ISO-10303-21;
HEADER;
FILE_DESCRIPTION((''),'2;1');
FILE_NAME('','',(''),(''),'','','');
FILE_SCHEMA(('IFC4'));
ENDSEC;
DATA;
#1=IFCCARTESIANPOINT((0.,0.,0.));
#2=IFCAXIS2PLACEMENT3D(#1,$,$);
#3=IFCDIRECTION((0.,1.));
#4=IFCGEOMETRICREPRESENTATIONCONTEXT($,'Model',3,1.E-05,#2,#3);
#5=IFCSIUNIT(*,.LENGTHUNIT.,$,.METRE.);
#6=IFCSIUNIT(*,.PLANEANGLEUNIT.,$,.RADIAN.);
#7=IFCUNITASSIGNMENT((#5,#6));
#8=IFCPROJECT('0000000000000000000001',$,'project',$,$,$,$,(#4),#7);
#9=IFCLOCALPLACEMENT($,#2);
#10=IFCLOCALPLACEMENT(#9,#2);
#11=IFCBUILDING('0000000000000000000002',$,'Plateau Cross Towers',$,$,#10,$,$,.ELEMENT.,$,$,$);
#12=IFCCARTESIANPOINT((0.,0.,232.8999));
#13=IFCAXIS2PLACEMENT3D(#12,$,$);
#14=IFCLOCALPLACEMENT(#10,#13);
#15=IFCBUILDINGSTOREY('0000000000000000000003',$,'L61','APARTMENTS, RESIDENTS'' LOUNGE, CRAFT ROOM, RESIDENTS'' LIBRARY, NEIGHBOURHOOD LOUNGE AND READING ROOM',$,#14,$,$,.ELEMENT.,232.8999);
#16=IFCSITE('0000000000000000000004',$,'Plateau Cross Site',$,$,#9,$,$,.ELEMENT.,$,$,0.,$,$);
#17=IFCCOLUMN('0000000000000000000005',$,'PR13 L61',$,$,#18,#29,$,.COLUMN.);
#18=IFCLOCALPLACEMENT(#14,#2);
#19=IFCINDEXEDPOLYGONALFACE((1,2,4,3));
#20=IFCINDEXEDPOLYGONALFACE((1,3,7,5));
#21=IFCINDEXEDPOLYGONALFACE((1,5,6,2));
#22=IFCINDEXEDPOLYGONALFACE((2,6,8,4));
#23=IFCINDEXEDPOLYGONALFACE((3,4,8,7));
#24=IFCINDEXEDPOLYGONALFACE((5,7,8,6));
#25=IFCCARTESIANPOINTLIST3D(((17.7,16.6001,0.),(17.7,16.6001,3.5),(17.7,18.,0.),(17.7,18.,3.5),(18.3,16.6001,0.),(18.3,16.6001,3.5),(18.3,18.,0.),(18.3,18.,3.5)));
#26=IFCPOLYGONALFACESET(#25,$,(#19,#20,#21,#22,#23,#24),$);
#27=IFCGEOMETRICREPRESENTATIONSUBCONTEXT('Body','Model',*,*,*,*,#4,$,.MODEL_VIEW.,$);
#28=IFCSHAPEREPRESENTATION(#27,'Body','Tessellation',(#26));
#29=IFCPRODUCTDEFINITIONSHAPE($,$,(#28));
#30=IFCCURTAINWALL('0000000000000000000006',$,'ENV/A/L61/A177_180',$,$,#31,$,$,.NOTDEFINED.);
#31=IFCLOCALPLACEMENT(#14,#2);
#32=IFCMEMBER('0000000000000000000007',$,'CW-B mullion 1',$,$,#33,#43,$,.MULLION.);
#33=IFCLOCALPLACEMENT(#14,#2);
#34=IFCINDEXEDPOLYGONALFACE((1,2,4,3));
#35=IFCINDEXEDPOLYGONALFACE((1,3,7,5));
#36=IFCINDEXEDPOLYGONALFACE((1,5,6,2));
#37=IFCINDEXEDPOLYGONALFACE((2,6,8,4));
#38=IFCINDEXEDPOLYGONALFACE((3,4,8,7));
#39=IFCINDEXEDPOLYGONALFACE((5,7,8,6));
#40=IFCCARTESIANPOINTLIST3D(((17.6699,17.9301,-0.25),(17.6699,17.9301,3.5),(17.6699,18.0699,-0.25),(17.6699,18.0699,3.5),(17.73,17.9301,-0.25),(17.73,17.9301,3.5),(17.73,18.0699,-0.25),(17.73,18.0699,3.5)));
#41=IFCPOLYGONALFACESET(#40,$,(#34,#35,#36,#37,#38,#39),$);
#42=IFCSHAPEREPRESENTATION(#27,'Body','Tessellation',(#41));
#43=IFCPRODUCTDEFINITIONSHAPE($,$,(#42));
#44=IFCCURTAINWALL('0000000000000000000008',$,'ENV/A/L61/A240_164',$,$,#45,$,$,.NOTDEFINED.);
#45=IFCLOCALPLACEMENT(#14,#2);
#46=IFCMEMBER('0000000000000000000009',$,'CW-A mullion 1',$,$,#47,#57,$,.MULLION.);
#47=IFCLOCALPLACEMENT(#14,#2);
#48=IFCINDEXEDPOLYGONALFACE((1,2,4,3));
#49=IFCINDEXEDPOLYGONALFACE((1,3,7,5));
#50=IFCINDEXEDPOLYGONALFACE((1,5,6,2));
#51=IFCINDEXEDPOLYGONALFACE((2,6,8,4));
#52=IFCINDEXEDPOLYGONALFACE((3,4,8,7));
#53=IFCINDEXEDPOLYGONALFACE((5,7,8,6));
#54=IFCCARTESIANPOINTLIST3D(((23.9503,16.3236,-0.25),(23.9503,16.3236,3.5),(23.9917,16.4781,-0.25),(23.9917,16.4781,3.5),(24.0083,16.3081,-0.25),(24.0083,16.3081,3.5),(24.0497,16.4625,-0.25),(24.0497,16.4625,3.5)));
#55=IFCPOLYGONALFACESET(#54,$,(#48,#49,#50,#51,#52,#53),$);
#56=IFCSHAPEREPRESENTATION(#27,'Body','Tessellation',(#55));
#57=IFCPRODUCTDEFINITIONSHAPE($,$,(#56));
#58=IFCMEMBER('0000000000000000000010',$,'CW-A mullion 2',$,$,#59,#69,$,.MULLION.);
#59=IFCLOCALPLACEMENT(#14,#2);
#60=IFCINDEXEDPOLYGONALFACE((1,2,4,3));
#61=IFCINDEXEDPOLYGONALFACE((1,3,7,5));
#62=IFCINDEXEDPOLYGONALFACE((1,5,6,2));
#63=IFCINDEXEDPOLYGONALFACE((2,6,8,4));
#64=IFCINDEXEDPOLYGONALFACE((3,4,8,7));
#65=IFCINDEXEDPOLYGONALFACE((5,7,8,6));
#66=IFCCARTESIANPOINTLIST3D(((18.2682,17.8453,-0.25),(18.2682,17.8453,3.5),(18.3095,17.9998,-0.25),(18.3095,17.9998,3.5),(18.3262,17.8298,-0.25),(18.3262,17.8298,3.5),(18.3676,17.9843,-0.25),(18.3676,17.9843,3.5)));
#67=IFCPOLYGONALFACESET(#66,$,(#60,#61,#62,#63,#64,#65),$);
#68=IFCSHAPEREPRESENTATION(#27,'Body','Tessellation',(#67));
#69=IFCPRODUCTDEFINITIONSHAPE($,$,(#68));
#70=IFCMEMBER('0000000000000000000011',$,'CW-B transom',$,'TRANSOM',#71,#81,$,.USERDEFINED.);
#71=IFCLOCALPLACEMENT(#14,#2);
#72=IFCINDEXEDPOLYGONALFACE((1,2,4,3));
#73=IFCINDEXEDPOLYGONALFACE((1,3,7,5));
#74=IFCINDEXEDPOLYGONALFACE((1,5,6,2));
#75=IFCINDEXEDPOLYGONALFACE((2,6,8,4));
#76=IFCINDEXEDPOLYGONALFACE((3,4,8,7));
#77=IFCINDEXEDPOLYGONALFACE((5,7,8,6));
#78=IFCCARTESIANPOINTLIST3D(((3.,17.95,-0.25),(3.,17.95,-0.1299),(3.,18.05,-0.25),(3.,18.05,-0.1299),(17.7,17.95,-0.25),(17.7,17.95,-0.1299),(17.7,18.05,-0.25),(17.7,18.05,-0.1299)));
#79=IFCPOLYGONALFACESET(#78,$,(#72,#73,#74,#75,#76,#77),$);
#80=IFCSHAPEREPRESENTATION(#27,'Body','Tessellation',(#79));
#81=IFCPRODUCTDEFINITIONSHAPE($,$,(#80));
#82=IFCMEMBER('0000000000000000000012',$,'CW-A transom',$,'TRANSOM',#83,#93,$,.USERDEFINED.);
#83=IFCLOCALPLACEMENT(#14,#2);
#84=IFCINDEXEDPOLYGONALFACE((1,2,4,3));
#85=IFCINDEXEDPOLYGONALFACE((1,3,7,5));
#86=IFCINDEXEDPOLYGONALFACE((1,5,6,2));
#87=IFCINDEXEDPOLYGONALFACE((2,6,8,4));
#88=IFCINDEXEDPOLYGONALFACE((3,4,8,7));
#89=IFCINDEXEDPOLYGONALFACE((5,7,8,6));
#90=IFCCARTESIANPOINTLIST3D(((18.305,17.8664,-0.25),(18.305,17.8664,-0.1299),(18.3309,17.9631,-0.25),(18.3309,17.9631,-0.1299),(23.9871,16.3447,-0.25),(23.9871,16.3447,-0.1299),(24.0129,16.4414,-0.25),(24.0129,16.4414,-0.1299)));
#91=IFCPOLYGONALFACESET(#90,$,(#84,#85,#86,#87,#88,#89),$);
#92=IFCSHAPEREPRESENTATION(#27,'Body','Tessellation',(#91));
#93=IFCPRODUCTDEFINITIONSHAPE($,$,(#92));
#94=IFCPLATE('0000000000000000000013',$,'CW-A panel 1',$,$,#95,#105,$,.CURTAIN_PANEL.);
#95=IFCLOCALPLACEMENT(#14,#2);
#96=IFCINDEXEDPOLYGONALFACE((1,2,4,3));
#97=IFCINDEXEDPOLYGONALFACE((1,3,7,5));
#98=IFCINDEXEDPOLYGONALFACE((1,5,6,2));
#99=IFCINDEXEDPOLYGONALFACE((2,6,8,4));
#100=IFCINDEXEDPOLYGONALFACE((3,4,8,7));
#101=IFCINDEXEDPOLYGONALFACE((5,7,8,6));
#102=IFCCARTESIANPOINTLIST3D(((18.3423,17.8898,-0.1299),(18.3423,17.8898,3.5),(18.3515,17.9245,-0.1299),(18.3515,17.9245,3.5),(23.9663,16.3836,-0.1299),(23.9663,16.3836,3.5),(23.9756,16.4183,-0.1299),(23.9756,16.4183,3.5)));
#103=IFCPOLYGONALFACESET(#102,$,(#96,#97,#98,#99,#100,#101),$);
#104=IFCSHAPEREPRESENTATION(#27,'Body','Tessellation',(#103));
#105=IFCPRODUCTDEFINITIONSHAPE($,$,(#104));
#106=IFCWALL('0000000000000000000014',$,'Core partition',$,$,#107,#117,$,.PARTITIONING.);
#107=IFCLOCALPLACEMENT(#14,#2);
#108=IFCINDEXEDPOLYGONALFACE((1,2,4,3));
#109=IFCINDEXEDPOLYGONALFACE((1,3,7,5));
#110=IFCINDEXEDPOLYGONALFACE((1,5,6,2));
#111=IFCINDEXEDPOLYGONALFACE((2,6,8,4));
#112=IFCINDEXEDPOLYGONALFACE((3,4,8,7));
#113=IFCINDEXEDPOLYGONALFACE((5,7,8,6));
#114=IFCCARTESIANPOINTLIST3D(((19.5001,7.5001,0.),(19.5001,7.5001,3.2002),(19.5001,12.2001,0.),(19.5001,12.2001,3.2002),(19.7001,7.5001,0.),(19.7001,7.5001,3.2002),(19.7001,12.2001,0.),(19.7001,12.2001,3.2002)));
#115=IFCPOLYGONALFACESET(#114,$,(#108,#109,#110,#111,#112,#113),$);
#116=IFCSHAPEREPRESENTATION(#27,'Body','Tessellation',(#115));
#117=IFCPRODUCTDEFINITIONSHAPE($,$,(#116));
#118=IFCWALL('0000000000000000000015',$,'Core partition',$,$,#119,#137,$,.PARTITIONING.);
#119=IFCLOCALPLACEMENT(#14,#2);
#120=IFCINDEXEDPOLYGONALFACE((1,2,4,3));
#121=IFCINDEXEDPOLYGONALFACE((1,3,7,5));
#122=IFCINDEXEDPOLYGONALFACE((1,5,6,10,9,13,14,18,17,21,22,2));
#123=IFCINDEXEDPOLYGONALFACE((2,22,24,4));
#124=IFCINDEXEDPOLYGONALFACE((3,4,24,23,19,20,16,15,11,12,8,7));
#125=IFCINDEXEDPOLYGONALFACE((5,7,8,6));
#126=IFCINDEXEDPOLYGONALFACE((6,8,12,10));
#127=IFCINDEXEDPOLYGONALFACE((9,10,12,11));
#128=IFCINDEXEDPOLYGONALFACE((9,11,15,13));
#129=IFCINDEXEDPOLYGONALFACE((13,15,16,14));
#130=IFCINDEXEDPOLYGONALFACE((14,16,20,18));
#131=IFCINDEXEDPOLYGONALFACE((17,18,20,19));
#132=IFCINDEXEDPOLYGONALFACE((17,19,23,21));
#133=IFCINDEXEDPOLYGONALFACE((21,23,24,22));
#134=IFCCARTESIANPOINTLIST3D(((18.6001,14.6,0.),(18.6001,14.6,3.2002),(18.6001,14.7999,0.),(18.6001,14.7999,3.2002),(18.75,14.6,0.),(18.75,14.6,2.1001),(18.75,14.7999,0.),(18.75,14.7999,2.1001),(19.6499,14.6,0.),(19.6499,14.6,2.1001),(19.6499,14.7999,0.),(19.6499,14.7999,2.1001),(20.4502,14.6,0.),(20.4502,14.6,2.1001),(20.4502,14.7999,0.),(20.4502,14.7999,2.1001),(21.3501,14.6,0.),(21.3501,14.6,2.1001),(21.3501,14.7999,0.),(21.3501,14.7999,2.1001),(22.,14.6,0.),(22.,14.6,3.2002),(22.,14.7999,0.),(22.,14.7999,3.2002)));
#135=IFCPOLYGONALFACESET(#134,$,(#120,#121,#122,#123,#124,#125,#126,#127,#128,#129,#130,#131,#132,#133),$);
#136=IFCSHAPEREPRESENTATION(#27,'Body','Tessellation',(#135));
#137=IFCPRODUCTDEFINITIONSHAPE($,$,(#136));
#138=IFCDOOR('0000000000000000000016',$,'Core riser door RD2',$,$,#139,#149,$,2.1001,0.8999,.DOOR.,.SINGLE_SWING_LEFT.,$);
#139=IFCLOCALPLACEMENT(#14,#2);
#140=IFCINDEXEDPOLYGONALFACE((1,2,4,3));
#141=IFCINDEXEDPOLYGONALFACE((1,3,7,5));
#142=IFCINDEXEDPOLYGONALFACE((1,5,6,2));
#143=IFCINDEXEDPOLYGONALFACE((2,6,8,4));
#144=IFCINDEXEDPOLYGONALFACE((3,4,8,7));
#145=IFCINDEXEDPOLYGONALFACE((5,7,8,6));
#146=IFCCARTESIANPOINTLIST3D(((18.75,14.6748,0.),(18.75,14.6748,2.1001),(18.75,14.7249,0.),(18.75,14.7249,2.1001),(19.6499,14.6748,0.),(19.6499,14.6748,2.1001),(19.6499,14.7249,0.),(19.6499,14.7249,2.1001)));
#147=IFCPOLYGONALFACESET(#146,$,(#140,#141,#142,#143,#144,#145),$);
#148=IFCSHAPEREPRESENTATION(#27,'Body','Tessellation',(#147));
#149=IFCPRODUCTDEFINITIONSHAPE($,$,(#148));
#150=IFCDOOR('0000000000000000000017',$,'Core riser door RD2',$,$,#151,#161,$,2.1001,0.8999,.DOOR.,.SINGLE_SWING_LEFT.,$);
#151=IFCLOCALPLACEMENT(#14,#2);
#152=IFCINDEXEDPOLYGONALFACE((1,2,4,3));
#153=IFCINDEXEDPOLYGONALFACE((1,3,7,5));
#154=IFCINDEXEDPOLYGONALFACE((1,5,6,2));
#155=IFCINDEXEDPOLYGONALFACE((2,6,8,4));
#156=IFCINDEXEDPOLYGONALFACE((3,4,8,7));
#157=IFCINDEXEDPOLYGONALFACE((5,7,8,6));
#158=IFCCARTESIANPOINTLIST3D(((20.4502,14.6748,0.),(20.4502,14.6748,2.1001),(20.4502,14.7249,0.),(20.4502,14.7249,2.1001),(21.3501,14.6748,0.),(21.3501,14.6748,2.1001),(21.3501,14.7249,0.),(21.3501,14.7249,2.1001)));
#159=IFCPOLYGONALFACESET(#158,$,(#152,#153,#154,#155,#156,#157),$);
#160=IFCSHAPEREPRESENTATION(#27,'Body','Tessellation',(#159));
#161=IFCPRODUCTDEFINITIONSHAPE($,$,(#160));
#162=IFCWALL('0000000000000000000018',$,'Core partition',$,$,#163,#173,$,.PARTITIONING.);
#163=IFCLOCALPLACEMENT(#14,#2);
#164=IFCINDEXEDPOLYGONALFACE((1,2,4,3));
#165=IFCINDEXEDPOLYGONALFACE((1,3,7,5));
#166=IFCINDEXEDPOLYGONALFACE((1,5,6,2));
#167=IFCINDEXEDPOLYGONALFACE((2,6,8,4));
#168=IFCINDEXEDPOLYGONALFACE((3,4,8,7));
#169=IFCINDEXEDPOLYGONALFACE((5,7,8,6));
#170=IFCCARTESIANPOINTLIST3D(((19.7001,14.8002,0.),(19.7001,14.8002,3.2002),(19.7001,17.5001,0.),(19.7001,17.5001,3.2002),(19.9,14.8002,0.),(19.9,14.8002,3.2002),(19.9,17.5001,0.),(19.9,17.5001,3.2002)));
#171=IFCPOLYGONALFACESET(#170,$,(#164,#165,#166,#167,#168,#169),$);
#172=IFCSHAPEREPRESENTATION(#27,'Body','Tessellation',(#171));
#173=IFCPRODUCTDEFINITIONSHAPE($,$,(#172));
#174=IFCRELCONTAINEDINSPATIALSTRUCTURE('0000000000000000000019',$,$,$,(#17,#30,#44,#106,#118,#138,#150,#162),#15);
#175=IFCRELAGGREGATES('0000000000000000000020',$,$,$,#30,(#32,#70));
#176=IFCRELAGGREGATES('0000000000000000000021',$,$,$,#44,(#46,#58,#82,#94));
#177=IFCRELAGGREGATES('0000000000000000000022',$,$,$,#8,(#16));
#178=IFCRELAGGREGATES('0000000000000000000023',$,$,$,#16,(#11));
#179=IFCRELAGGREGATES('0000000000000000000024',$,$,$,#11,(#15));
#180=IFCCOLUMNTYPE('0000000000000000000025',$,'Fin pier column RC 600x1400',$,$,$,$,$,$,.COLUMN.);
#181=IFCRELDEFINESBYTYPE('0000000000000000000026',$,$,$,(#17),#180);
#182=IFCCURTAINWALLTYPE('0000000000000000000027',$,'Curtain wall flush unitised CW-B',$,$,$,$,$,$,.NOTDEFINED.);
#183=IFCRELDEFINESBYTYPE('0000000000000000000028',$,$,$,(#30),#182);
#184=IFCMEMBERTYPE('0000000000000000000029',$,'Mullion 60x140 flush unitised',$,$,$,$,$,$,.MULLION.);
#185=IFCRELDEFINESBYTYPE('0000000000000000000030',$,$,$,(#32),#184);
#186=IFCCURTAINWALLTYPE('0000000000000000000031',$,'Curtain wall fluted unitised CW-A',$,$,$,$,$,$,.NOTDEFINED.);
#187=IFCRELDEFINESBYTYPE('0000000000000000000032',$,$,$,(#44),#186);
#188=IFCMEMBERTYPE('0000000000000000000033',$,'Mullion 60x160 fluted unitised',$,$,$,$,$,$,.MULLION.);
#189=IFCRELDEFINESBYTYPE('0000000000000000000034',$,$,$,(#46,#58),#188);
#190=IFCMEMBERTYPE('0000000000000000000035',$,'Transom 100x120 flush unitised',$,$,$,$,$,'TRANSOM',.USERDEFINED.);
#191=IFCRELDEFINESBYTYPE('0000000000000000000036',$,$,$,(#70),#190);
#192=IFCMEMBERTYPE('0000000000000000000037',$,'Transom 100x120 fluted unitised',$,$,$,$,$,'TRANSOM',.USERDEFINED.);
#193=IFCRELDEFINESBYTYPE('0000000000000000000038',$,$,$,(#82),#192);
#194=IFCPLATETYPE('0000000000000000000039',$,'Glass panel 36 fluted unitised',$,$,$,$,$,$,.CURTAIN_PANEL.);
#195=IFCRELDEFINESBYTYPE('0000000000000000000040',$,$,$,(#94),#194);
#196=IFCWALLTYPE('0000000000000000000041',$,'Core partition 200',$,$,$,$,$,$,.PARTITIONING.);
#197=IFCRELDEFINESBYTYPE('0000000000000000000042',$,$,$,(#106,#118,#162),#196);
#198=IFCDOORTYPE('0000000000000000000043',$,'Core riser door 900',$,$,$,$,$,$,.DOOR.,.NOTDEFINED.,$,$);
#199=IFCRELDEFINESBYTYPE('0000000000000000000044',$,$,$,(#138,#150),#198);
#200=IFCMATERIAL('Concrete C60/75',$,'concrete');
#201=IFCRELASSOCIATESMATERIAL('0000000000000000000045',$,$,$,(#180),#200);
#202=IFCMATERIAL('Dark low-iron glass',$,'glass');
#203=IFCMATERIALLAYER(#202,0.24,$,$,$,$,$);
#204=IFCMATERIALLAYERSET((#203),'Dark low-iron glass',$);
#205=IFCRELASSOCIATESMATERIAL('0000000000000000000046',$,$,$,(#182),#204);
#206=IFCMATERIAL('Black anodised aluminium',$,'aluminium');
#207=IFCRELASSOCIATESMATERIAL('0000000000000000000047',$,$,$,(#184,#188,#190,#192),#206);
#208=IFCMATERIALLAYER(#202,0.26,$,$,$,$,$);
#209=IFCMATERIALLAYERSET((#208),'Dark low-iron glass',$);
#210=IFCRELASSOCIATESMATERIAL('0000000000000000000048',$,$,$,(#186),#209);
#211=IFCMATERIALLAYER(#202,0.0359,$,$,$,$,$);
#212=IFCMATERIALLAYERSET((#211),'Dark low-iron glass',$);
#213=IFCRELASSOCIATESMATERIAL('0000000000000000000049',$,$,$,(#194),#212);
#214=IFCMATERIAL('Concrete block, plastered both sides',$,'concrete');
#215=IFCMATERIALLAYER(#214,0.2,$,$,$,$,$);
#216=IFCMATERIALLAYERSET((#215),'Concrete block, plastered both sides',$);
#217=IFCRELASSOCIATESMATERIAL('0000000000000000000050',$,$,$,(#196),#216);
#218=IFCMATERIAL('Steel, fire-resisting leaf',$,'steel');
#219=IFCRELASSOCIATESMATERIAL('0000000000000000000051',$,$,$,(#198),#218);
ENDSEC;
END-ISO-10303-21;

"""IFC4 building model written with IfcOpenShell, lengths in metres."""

from ifc_helpers import new_model, si_unit, direction, frame, frame_2d, origin, origin_2d, place, context, subcontext, project, spatial, rectangle, extrude, material, layer, layer_set, material_profile, profile_set, type_object, element, fill, aggregate, save


model = new_model("IFC4")

# Units and contexts
model_context = context("Model", 3, precision=1e-05, world=origin(), true_north=direction((0.0, 1.0)))
body_context = subcontext(model_context, "Body", "Model", "MODEL_VIEW")
ifc_project = project(units=[si_unit("LENGTHUNIT", "METRE"), si_unit("PLANEANGLEUNIT", "RADIAN")], contexts=[model_context])

# Site, building, storey
site_placement = place(None, origin())
site = spatial("IfcSite", under=ifc_project, at=site_placement, Name="Plateau Cross Site", CompositionType="ELEMENT", RefElevation=0.0)
building_placement = place(site_placement, origin())
building = spatial("IfcBuilding", under=site, at=building_placement, Name="Plateau Cross Towers", CompositionType="ELEMENT")
storey_placement = place(building_placement, frame((0.0, 0.0, 232.8999)))
storey = spatial("IfcBuildingStorey", under=building, at=storey_placement, Name="L61", Description="APARTMENTS, RESIDENTS' LOUNGE, CRAFT ROOM, RESIDENTS' LIBRARY, NEIGHBOURHOOD LOUNGE AND READING ROOM", CompositionType="ELEMENT", Elevation=232.8999)

# Column
ifc_material_1 = material(Name="Concrete C60/75", Category="concrete")
ifc_material_profile_1 = material_profile(ifc_material_1, rectangle(XDim=0.6001, YDim=1.3999, at=origin_2d()), Name="RC 600x1400")
ifc_profile_set_1 = profile_set([ifc_material_profile_1], Name="Concrete C60/75")
column_type = type_object("IfcColumnType", Name="Fin pier column RC 600x1400", PredefinedType="COLUMN", material=ifc_profile_set_1)
column_placement = place(storey_placement, frame((18.0, 17.3, 0.0), z_axis=(0.0, 0.0, 1.0), x_axis=(1.0, 0.0, 0.0)))
element("IfcColumn", 1, at=column_placement, inside=storey, type_object=column_type, Name="PR13 L61", PredefinedType="COLUMN", context=body_context, shape_type="SweptSolid", body=[
    extrude(rectangle(XDim=0.6001, YDim=1.3999, at=origin_2d()), origin(), (0.0, 0.0, 1.0), 3.5),
])

# Curtain wall, member
ifc_material_2 = material(Name="Dark low-iron glass", Category="glass")
ifc_layer_1 = layer(ifc_material_2, 0.24)
ifc_layer_set_1 = layer_set([ifc_layer_1], Name="Dark low-iron glass")
curtain_wall_type_1 = type_object("IfcCurtainWallType", Name="Curtain wall flush unitised CW-B", PredefinedType="NOTDEFINED", material=ifc_layer_set_1)
curtain_wall_1_placement = place(storey_placement, origin())
curtain_wall_1 = element("IfcCurtainWall", 2, at=curtain_wall_1_placement, inside=storey, type_object=curtain_wall_type_1, Name="ENV/A/L61/A177_180", PredefinedType="NOTDEFINED")
ifc_material_3 = material(Name="Black anodised aluminium", Category="aluminium")
ifc_material_profile_2 = material_profile(ifc_material_3, rectangle(XDim=0.0601, YDim=0.1399, at=origin_2d()), Name="MULLION 60x140")
ifc_profile_set_2 = profile_set([ifc_material_profile_2], Name="Black anodised aluminium")
member_type_1 = type_object("IfcMemberType", Name="Mullion 60x140 flush unitised", PredefinedType="MULLION", material=ifc_profile_set_2)
member_1_placement = place(storey_placement, frame((17.7, 18.0, -0.25), z_axis=(0.0, 0.0, 1.0), x_axis=(-1.0, 0.0, 0.0)))
member_1 = element("IfcMember", 3, at=member_1_placement, type_object=member_type_1, Name="CW-B mullion 1", PredefinedType="MULLION", context=body_context, shape_type="SweptSolid", body=[
    extrude(rectangle(XDim=0.0601, YDim=0.1399, at=origin_2d()), origin(), (0.0, 0.0, 1.0), 3.75),
])

# Curtain wall, members
ifc_layer_2 = layer(ifc_material_2, 0.26)
ifc_layer_set_2 = layer_set([ifc_layer_2], Name="Dark low-iron glass")
curtain_wall_type_2 = type_object("IfcCurtainWallType", Name="Curtain wall fluted unitised CW-A", PredefinedType="NOTDEFINED", material=ifc_layer_set_2)
curtain_wall_2_placement = place(storey_placement, origin())
curtain_wall_2 = element("IfcCurtainWall", 4, at=curtain_wall_2_placement, inside=storey, type_object=curtain_wall_type_2, Name="ENV/A/L61/A240_164", PredefinedType="NOTDEFINED")
ifc_material_profile_3 = material_profile(ifc_material_3, rectangle(XDim=0.0601, YDim=0.1599, at=origin_2d()), Name="MULLION 60x160")
ifc_profile_set_3 = profile_set([ifc_material_profile_3], Name="Black anodised aluminium")
member_type_2 = type_object("IfcMemberType", Name="Mullion 60x160 fluted unitised", PredefinedType="MULLION", material=ifc_profile_set_3)
member_2_placement = place(storey_placement, frame((24.0, 16.3931, -0.25), z_axis=(0.0, 0.0, 1.0), x_axis=(-0.965958, 0.258699, 0.0)))
member_2 = element("IfcMember", 5, at=member_2_placement, type_object=member_type_2, Name="CW-A mullion 1", PredefinedType="MULLION", context=body_context, shape_type="SweptSolid", body=[
    extrude(rectangle(XDim=0.0601, YDim=0.1599, at=origin_2d()), origin(), (0.0, 0.0, 1.0), 3.75),
])
member_3_placement = place(storey_placement, frame((18.3179, 17.9148, -0.25), z_axis=(0.0, 0.0, 1.0), x_axis=(-0.965958, 0.258699, 0.0)))
member_3 = element("IfcMember", 6, at=member_3_placement, type_object=member_type_2, Name="CW-A mullion 2", PredefinedType="MULLION", context=body_context, shape_type="SweptSolid", body=[
    extrude(rectangle(XDim=0.0601, YDim=0.1599, at=origin_2d()), origin(), (0.0, 0.0, 1.0), 3.75),
])

# Members
ifc_material_profile_4 = material_profile(ifc_material_3, rectangle(XDim=0.1001, YDim=0.1201, at=origin_2d()), Name="TRANSOM 100x120")
ifc_profile_set_4 = profile_set([ifc_material_profile_4], Name="Black anodised aluminium")
member_type_3 = type_object("IfcMemberType", Name="Transom 100x120 flush unitised", ElementType="TRANSOM", PredefinedType="USERDEFINED", material=ifc_profile_set_4)
member_4_placement = place(storey_placement, frame((17.7, 18.0, -0.1899), z_axis=(-1.0, 0.0, 0.0), x_axis=(0.0, -1.0, 0.0)))
member_4 = element("IfcMember", 7, at=member_4_placement, type_object=member_type_3, Name="CW-B transom", ObjectType="TRANSOM", PredefinedType="USERDEFINED", context=body_context, shape_type="SweptSolid", body=[
    extrude(rectangle(XDim=0.1001, YDim=0.1201, at=origin_2d()), origin(), (0.0, 0.0, 1.0), 14.7),
])
aggregate(curtain_wall_1, [member_1, member_4])
ifc_material_profile_5 = material_profile(ifc_material_3, rectangle(XDim=0.1001, YDim=0.1201, at=origin_2d()), Name="TRANSOM 100x120")
ifc_profile_set_5 = profile_set([ifc_material_profile_5], Name="Black anodised aluminium")
member_type_4 = type_object("IfcMemberType", Name="Transom 100x120 fluted unitised", ElementType="TRANSOM", PredefinedType="USERDEFINED", material=ifc_profile_set_5)
member_5_placement = place(storey_placement, frame((24.0, 16.3931, -0.1899), z_axis=(-0.96596, 0.258693, 0.0), x_axis=(-0.258693, -0.96596, 0.0)))
member_5 = element("IfcMember", 8, at=member_5_placement, type_object=member_type_4, Name="CW-A transom", ObjectType="TRANSOM", PredefinedType="USERDEFINED", context=body_context, shape_type="SweptSolid", body=[
    extrude(rectangle(XDim=0.1001, YDim=0.1201, at=origin_2d()), origin(), (0.0, 0.0, 1.0), 5.8823),
])

# Plate
ifc_layer_3 = layer(ifc_material_2, 0.0359)
ifc_layer_set_3 = layer_set([ifc_layer_3], Name="Dark low-iron glass")
plate_type = type_object("IfcPlateType", Name="Glass panel 36 fluted unitised", PredefinedType="CURTAIN_PANEL", material=ifc_layer_set_3)
plate_placement = place(storey_placement, frame((21.1589, 17.1541, -0.1299), z_axis=(0.0, 0.0, 1.0), x_axis=(-0.965958, 0.258699, 0.0)))
plate = element("IfcPlate", 9, at=plate_placement, type_object=plate_type, Name="CW-A panel 1", PredefinedType="CURTAIN_PANEL", context=body_context, shape_type="SweptSolid", body=[
    extrude(rectangle(XDim=5.8223, YDim=0.0359, at=origin_2d()), origin(), (0.0, 0.0, 1.0), 3.6299),
])
aggregate(curtain_wall_2, [member_2, member_3, member_5, plate])

# Wall
ifc_material_4 = material(Name="Concrete block, plastered both sides", Category="concrete")
ifc_layer_4 = layer(ifc_material_4, 0.2)
ifc_layer_set_4 = layer_set([ifc_layer_4], Name="Concrete block, plastered both sides")
wall_type_1 = type_object("IfcWallType", Name="Core partition 200", PredefinedType="PARTITIONING", material=ifc_layer_set_4)
wall_1_placement = place(storey_placement, frame((19.6001, 7.5, 0.0), z_axis=(0.0, 0.0, 1.0), x_axis=(0.0, 1.0, 0.0)))
element("IfcWall", 10, at=wall_1_placement, inside=storey, type_object=wall_type_1, Name="Core partition", PredefinedType="PARTITIONING", context=body_context, shape_type="SweptSolid", body=[
    extrude(rectangle(XDim=4.7, YDim=0.2, at=frame_2d((2.3501, 0.0))), origin(), (0.0, 0.0, 1.0), 3.2002),
])

# Wall, openings, doors
wall_2_placement = place(storey_placement, frame((18.6001, 14.7, 0.0), z_axis=(0.0, 0.0, 1.0), x_axis=(1.0, 0.0, 0.0)))
wall_2 = element("IfcWall", 11, at=wall_2_placement, inside=storey, type_object=wall_type_1, Name="Core partition", PredefinedType="PARTITIONING", context=body_context, shape_type="SweptSolid", body=[
    extrude(rectangle(XDim=3.3999, YDim=0.2, at=frame_2d((1.7, 0.0))), origin(), (0.0, 0.0, 1.0), 3.2002),
])
opening_1_placement = place(wall_2_placement, frame((0.1499, 0.0, 0.0)))
opening_1 = element("IfcOpeningElement", 12, at=opening_1_placement, cuts=wall_2, PredefinedType="OPENING", context=body_context, shape_type="SweptSolid", body=[
    extrude(rectangle(XDim=0.8999, YDim=2.1001, at=frame_2d((0.45, 1.05))), frame((0.0, 0.1099, 0.0), z_axis=(0.0, -1.0, 0.0), x_axis=(1.0, 0.0, 0.0)), (0.0, 0.0, 1.0), 0.22),
])
opening_2_placement = place(wall_2_placement, frame((1.8501, 0.0, 0.0)))
opening_2 = element("IfcOpeningElement", 13, at=opening_2_placement, cuts=wall_2, PredefinedType="OPENING", context=body_context, shape_type="SweptSolid", body=[
    extrude(rectangle(XDim=0.8999, YDim=2.1001, at=frame_2d((0.45, 1.05))), frame((0.0, 0.1099, 0.0), z_axis=(0.0, -1.0, 0.0), x_axis=(1.0, 0.0, 0.0)), (0.0, 0.0, 1.0), 0.22),
])
ifc_material_5 = material(Name="Steel, fire-resisting leaf", Category="steel")
door_type_1 = type_object("IfcDoorType", Name="Core riser door 900", OperationType="NOTDEFINED", PredefinedType="DOOR", material=ifc_material_5)
door_1_placement = place(opening_1_placement, origin())
door_1 = element("IfcDoor", 14, at=door_1_placement, inside=storey, type_object=door_type_1, Name="Core riser door RD2", OperationType="SINGLE_SWING_LEFT", OverallHeight=2.1001, OverallWidth=0.8999, PredefinedType="DOOR", context=body_context, shape_type="SweptSolid", body=[
    extrude(rectangle(XDim=0.8999, YDim=2.1001, at=frame_2d((0.45, 1.05))), frame((0.0, 0.0249, 0.0), z_axis=(0.0, -1.0, 0.0), x_axis=(1.0, 0.0, 0.0)), (0.0, 0.0, 1.0), 0.05),
])
fill(opening_1, door_1)
door_2_placement = place(opening_2_placement, origin())
door_2 = element("IfcDoor", 15, at=door_2_placement, inside=storey, type_object=door_type_1, Name="Core riser door RD2", OperationType="SINGLE_SWING_LEFT", OverallHeight=2.1001, OverallWidth=0.8999, PredefinedType="DOOR", context=body_context, shape_type="SweptSolid", body=[
    extrude(rectangle(XDim=0.8999, YDim=2.1001, at=frame_2d((0.45, 1.05))), frame((0.0, 0.0249, 0.0), z_axis=(0.0, -1.0, 0.0), x_axis=(1.0, 0.0, 0.0)), (0.0, 0.0, 1.0), 0.05),
])
fill(opening_2, door_2)

# Wall
wall_3_placement = place(storey_placement, frame((19.8, 14.8, 0.0), z_axis=(0.0, 0.0, 1.0), x_axis=(0.0, 1.0, 0.0)))
element("IfcWall", 16, at=wall_3_placement, inside=storey, type_object=wall_type_1, Name="Core partition", PredefinedType="PARTITIONING", context=body_context, shape_type="SweptSolid", body=[
    extrude(rectangle(XDim=2.7, YDim=0.2, at=frame_2d((1.3501, 0.0))), origin(), (0.0, 0.0, 1.0), 3.2002),
])

save(model, "model.ifc")
